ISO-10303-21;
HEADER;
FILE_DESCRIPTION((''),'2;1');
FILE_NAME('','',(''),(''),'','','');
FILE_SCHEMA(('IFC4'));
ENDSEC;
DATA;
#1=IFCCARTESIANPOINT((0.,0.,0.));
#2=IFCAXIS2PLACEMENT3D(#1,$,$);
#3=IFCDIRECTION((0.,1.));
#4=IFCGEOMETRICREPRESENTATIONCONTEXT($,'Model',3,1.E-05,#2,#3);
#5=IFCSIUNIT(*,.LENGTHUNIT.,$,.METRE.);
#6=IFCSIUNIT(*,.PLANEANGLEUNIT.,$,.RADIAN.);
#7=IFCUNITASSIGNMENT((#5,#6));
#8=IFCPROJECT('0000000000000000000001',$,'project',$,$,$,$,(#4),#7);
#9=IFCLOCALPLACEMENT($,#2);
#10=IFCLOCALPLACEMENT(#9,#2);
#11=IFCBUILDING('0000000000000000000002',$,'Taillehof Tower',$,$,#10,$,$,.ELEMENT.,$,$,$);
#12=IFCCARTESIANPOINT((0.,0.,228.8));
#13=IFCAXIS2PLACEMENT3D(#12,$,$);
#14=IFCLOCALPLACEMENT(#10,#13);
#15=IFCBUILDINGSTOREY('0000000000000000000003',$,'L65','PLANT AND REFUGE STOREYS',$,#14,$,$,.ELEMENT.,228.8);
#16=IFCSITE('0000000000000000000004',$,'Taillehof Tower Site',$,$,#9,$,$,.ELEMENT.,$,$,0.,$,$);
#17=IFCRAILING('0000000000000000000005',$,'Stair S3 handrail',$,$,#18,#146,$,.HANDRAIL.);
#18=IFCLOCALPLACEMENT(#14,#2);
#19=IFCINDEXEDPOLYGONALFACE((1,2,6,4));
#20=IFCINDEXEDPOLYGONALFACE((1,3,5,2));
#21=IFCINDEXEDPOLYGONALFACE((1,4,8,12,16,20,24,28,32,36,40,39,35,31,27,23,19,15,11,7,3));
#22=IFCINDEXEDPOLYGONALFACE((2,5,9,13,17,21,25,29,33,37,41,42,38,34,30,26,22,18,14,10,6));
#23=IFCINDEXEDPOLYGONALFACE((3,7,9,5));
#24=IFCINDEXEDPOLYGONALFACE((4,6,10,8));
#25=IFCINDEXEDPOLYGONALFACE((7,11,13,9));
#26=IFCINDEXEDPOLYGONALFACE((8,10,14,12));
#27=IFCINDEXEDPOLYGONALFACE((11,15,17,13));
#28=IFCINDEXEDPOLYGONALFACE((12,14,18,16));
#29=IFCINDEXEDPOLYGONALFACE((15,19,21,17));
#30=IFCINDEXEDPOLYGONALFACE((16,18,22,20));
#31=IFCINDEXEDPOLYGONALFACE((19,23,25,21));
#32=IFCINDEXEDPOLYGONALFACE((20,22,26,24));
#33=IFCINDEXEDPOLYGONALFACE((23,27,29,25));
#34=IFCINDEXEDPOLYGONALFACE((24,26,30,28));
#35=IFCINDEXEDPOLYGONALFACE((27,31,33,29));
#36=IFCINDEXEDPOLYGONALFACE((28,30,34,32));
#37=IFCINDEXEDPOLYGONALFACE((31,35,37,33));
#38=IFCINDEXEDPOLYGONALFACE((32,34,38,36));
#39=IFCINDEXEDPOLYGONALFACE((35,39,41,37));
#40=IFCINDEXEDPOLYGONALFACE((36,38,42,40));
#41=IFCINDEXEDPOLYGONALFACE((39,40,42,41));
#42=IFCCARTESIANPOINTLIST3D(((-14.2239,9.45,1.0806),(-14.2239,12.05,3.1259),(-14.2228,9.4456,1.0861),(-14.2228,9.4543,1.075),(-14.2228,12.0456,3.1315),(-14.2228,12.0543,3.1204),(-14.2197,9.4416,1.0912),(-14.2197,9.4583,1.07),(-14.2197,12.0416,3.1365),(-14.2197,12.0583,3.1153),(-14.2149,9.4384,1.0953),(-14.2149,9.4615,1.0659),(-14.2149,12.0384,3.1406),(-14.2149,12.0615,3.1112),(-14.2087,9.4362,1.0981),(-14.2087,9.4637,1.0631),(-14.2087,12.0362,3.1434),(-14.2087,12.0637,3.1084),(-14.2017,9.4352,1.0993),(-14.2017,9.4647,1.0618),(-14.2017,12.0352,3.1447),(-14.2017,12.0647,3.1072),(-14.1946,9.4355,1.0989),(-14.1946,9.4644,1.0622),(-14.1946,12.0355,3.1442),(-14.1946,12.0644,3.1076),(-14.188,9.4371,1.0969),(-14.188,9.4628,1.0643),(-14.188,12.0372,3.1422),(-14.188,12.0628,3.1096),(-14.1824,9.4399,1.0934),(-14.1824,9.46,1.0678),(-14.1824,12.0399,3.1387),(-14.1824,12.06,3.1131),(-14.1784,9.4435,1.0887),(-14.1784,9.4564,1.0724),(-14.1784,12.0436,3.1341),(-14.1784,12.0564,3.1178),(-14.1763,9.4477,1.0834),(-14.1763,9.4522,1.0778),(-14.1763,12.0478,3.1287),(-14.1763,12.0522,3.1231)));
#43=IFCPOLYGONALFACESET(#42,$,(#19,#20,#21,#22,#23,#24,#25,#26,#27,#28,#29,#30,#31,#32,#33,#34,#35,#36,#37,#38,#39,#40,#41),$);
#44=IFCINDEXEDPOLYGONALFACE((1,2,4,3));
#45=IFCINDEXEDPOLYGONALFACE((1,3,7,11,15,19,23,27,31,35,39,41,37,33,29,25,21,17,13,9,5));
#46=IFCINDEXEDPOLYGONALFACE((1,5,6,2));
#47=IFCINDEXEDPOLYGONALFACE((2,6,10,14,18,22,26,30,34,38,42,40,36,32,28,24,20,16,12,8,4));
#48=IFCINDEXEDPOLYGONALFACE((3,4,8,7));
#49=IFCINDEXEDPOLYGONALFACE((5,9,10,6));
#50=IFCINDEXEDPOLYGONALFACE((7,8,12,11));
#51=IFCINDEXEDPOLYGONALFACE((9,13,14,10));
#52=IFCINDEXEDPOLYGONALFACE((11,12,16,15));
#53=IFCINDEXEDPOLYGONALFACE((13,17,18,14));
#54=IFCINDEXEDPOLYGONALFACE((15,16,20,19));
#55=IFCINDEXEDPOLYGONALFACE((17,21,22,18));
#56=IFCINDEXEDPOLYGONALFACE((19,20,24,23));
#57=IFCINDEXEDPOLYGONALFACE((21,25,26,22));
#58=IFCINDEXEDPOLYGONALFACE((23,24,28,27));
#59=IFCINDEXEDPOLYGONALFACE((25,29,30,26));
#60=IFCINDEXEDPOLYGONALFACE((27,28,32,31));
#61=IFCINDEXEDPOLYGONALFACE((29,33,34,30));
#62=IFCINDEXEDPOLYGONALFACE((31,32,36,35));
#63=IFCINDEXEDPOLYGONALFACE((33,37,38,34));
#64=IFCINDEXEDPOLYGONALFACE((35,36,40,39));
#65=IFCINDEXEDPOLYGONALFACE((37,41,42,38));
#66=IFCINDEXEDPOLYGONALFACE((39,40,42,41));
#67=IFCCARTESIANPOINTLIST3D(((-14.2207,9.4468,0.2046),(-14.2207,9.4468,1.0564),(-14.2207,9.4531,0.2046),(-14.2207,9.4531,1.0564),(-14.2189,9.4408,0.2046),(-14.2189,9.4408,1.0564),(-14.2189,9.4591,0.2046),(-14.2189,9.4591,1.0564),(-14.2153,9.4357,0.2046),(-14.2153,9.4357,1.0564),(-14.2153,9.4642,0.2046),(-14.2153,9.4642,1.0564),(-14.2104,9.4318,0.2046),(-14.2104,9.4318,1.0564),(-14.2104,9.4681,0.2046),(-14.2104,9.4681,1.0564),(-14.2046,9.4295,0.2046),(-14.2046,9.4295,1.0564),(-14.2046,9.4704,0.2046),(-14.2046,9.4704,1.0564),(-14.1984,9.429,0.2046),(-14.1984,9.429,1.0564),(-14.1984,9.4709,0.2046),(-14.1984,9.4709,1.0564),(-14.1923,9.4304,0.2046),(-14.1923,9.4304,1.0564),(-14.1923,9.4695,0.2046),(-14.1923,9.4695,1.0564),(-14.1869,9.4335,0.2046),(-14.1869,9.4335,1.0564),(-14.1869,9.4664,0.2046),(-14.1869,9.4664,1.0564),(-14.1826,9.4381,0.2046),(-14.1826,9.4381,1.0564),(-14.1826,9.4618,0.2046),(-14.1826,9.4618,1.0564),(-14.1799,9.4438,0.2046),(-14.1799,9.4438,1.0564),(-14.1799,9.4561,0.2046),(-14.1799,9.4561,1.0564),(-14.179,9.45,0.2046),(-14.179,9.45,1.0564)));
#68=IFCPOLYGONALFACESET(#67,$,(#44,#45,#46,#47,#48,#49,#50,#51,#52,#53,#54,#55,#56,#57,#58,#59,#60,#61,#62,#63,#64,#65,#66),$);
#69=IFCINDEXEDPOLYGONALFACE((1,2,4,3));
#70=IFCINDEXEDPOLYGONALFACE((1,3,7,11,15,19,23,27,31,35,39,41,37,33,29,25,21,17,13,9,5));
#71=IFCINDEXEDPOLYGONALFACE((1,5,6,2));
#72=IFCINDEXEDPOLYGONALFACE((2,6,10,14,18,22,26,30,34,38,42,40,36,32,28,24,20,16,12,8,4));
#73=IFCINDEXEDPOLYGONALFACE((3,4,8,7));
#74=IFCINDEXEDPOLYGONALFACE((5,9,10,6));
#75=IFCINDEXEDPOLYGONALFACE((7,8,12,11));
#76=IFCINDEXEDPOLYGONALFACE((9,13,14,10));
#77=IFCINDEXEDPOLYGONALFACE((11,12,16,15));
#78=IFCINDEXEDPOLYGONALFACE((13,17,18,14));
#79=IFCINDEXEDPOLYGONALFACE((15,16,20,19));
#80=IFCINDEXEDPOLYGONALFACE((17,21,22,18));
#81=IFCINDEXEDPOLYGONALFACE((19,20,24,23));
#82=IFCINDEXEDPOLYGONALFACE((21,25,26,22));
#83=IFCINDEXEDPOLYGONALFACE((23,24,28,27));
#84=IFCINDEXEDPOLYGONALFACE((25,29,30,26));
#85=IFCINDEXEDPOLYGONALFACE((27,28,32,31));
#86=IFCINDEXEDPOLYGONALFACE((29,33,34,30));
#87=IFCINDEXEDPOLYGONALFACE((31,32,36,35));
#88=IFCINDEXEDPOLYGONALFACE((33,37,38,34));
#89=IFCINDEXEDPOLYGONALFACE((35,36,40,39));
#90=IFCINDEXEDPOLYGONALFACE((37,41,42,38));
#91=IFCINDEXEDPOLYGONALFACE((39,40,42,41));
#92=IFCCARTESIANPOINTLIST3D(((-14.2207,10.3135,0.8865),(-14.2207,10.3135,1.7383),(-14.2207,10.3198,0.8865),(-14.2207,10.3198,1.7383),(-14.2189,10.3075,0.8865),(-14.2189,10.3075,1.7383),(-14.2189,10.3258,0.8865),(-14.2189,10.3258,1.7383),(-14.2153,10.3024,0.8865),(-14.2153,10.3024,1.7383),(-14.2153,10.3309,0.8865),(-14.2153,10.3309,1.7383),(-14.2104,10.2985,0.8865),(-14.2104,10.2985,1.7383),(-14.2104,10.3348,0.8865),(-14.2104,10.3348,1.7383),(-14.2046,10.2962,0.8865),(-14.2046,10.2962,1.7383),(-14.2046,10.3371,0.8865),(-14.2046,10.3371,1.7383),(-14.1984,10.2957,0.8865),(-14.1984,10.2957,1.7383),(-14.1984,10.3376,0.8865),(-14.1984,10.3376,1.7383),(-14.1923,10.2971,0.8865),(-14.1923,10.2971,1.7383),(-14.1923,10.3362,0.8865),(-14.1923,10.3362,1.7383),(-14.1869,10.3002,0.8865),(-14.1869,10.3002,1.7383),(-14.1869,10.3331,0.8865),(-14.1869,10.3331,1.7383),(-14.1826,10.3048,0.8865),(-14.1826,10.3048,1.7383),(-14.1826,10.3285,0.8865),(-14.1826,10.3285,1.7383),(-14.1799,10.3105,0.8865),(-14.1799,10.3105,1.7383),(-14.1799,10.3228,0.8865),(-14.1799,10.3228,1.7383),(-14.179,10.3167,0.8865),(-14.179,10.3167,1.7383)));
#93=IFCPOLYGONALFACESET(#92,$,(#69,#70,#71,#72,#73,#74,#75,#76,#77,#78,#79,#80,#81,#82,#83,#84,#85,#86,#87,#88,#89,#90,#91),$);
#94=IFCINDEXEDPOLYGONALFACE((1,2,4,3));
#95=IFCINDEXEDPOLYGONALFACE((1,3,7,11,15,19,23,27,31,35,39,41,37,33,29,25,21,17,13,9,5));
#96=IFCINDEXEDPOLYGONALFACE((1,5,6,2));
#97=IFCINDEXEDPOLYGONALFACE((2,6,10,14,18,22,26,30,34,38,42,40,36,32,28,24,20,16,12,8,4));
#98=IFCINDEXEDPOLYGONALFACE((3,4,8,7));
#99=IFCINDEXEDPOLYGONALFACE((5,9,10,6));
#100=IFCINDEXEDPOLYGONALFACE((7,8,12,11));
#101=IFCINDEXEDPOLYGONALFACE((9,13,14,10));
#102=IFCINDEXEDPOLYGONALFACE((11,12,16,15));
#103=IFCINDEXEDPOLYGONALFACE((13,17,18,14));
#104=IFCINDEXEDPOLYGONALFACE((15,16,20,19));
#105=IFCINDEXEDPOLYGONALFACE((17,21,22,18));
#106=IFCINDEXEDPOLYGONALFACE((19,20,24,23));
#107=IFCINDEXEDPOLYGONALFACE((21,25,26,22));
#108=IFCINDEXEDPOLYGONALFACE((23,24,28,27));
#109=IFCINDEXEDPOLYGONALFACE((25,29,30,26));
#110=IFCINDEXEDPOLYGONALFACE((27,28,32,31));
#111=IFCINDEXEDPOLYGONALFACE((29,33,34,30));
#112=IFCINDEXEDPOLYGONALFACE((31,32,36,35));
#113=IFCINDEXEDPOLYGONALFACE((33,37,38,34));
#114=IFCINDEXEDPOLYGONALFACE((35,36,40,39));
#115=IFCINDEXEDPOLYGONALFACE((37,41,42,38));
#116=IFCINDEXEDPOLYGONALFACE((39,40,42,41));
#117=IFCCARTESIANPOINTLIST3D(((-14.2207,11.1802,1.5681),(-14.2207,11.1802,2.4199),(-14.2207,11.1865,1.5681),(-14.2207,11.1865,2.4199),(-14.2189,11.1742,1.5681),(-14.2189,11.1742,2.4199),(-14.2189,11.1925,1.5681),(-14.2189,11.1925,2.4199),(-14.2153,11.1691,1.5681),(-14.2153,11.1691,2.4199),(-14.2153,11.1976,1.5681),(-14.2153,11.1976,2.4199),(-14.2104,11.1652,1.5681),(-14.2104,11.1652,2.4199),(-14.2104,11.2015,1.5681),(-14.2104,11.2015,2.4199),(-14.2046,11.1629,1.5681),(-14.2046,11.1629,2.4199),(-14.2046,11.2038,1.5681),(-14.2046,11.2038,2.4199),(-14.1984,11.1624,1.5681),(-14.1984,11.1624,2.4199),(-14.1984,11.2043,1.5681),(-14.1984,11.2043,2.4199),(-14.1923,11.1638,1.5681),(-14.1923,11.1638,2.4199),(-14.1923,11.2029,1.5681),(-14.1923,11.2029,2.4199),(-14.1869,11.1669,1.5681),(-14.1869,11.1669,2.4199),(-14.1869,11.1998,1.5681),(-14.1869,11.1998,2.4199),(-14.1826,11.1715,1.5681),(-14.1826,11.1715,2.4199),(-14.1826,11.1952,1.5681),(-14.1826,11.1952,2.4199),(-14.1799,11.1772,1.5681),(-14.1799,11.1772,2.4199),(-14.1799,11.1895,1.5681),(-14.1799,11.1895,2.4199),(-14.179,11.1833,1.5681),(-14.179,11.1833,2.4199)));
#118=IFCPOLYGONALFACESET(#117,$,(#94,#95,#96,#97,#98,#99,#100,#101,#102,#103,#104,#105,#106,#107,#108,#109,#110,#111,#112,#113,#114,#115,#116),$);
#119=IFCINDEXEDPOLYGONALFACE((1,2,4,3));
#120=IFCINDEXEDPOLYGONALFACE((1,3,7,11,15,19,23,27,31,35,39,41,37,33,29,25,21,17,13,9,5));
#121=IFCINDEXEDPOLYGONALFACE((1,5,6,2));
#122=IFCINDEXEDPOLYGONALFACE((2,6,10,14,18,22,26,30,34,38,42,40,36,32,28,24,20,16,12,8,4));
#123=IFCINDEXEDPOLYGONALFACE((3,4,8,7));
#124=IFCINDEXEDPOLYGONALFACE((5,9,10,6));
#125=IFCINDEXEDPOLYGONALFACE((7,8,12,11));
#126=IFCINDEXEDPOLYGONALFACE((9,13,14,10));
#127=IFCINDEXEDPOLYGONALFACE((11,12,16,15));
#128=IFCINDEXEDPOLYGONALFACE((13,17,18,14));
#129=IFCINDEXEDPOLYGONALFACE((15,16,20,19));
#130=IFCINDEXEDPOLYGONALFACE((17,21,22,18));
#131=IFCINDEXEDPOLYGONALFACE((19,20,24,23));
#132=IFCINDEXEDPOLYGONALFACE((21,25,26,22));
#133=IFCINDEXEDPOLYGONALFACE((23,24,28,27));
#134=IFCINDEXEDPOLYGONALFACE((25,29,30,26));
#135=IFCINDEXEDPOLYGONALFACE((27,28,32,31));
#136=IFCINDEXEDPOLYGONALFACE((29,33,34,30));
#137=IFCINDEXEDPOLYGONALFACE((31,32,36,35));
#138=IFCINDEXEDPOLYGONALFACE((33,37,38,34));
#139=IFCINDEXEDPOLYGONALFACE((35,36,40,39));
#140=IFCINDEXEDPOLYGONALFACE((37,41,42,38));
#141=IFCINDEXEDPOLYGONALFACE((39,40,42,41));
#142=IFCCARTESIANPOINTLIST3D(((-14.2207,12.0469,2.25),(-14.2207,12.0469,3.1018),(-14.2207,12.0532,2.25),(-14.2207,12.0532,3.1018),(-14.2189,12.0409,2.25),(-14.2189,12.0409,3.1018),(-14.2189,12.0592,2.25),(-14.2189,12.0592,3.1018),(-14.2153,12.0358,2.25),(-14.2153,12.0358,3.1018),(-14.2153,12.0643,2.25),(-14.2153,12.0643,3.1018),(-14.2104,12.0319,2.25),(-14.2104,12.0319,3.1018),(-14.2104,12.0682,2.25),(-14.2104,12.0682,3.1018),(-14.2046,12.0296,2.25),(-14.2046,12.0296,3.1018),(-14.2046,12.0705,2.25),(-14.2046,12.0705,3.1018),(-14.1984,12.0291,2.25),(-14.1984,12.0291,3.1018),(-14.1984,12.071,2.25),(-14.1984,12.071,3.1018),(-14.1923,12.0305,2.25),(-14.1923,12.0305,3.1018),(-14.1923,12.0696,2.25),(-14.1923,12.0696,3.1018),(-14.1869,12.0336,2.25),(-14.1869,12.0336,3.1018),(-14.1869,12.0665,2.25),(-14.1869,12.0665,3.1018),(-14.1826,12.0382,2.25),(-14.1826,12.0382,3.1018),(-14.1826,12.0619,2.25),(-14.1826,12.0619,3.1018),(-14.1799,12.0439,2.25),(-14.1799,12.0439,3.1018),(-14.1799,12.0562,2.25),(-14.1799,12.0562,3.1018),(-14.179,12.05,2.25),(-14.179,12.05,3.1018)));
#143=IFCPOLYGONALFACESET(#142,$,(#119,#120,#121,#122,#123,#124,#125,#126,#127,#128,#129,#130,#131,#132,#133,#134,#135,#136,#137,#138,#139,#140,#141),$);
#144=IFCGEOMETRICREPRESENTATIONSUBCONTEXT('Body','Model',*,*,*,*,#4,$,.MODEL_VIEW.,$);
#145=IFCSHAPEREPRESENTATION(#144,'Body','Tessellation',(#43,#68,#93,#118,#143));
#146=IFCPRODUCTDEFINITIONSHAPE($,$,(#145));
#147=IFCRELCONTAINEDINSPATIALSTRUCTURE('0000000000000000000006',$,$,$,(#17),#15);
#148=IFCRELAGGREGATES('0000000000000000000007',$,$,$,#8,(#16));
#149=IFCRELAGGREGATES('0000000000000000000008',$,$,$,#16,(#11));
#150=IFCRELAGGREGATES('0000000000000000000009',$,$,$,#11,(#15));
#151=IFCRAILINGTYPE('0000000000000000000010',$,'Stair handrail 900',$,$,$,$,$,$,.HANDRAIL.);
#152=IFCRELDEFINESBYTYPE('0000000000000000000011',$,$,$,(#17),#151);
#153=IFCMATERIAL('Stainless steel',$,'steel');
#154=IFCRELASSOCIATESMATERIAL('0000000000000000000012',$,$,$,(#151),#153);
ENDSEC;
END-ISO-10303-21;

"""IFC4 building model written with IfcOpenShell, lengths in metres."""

from ifc_helpers import new_model, si_unit, direction, frame, origin, origin_2d, place, context, subcontext, project, spatial, circle, extrude, material, type_object, element, save


model = new_model("IFC4")

# Units and contexts
model_context = context("Model", 3, precision=1e-05, world=origin(), true_north=direction((0.0, 1.0)))
body_context = subcontext(model_context, "Body", "Model", "MODEL_VIEW")
ifc_project = project(units=[si_unit("LENGTHUNIT", "METRE"), si_unit("PLANEANGLEUNIT", "RADIAN")], contexts=[model_context])

# Site, building, storey
site_placement = place(None, origin())
site = spatial("IfcSite", under=ifc_project, at=site_placement, Name="Taillehof Tower Site", CompositionType="ELEMENT", RefElevation=0.0)
building_placement = place(site_placement, origin())
building = spatial("IfcBuilding", under=site, at=building_placement, Name="Taillehof Tower", CompositionType="ELEMENT")
storey_placement = place(building_placement, frame((0.0, 0.0, 228.8)))
storey = spatial("IfcBuildingStorey", under=building, at=storey_placement, Name="L65", Description="PLANT AND REFUGE STOREYS", CompositionType="ELEMENT", Elevation=228.8)

# Railing
ifc_material_1 = material(Name="Stainless steel", Category="steel")
railing_type = type_object("IfcRailingType", Name="Stair handrail 900", PredefinedType="HANDRAIL", material=ifc_material_1)
railing_1_placement = place(storey_placement, frame((-14.2, 9.45, 0.2046)))
element("IfcRailing", 1, at=railing_1_placement, inside=storey, type_object=railing_type, Name="Stair S3 handrail", PredefinedType="HANDRAIL", context=body_context, shape_type="SweptSolid", body=[
    extrude(circle(Radius=0.0239, at=origin_2d()), frame((0.0, 0.0, 0.876), z_axis=(0.0, 0.785955, 0.618284), x_axis=(-1.0, 0.0, 0.0)), (0.0, 0.0, 1.0), 3.3081),
    extrude(circle(Radius=0.021, at=origin_2d()), origin(), (0.0, 0.0, 1.0), 0.8518),
    extrude(circle(Radius=0.021, at=origin_2d()), frame((0.0, 0.8667, 0.6819)), (0.0, 0.0, 1.0), 0.8518),
    extrude(circle(Radius=0.021, at=origin_2d()), frame((0.0, 1.7334, 1.3635)), (0.0, 0.0, 1.0), 0.8518),
    extrude(circle(Radius=0.021, at=origin_2d()), frame((0.0, 2.6001, 2.0454)), (0.0, 0.0, 1.0), 0.8518),
])

save(model, "model.ifc")
